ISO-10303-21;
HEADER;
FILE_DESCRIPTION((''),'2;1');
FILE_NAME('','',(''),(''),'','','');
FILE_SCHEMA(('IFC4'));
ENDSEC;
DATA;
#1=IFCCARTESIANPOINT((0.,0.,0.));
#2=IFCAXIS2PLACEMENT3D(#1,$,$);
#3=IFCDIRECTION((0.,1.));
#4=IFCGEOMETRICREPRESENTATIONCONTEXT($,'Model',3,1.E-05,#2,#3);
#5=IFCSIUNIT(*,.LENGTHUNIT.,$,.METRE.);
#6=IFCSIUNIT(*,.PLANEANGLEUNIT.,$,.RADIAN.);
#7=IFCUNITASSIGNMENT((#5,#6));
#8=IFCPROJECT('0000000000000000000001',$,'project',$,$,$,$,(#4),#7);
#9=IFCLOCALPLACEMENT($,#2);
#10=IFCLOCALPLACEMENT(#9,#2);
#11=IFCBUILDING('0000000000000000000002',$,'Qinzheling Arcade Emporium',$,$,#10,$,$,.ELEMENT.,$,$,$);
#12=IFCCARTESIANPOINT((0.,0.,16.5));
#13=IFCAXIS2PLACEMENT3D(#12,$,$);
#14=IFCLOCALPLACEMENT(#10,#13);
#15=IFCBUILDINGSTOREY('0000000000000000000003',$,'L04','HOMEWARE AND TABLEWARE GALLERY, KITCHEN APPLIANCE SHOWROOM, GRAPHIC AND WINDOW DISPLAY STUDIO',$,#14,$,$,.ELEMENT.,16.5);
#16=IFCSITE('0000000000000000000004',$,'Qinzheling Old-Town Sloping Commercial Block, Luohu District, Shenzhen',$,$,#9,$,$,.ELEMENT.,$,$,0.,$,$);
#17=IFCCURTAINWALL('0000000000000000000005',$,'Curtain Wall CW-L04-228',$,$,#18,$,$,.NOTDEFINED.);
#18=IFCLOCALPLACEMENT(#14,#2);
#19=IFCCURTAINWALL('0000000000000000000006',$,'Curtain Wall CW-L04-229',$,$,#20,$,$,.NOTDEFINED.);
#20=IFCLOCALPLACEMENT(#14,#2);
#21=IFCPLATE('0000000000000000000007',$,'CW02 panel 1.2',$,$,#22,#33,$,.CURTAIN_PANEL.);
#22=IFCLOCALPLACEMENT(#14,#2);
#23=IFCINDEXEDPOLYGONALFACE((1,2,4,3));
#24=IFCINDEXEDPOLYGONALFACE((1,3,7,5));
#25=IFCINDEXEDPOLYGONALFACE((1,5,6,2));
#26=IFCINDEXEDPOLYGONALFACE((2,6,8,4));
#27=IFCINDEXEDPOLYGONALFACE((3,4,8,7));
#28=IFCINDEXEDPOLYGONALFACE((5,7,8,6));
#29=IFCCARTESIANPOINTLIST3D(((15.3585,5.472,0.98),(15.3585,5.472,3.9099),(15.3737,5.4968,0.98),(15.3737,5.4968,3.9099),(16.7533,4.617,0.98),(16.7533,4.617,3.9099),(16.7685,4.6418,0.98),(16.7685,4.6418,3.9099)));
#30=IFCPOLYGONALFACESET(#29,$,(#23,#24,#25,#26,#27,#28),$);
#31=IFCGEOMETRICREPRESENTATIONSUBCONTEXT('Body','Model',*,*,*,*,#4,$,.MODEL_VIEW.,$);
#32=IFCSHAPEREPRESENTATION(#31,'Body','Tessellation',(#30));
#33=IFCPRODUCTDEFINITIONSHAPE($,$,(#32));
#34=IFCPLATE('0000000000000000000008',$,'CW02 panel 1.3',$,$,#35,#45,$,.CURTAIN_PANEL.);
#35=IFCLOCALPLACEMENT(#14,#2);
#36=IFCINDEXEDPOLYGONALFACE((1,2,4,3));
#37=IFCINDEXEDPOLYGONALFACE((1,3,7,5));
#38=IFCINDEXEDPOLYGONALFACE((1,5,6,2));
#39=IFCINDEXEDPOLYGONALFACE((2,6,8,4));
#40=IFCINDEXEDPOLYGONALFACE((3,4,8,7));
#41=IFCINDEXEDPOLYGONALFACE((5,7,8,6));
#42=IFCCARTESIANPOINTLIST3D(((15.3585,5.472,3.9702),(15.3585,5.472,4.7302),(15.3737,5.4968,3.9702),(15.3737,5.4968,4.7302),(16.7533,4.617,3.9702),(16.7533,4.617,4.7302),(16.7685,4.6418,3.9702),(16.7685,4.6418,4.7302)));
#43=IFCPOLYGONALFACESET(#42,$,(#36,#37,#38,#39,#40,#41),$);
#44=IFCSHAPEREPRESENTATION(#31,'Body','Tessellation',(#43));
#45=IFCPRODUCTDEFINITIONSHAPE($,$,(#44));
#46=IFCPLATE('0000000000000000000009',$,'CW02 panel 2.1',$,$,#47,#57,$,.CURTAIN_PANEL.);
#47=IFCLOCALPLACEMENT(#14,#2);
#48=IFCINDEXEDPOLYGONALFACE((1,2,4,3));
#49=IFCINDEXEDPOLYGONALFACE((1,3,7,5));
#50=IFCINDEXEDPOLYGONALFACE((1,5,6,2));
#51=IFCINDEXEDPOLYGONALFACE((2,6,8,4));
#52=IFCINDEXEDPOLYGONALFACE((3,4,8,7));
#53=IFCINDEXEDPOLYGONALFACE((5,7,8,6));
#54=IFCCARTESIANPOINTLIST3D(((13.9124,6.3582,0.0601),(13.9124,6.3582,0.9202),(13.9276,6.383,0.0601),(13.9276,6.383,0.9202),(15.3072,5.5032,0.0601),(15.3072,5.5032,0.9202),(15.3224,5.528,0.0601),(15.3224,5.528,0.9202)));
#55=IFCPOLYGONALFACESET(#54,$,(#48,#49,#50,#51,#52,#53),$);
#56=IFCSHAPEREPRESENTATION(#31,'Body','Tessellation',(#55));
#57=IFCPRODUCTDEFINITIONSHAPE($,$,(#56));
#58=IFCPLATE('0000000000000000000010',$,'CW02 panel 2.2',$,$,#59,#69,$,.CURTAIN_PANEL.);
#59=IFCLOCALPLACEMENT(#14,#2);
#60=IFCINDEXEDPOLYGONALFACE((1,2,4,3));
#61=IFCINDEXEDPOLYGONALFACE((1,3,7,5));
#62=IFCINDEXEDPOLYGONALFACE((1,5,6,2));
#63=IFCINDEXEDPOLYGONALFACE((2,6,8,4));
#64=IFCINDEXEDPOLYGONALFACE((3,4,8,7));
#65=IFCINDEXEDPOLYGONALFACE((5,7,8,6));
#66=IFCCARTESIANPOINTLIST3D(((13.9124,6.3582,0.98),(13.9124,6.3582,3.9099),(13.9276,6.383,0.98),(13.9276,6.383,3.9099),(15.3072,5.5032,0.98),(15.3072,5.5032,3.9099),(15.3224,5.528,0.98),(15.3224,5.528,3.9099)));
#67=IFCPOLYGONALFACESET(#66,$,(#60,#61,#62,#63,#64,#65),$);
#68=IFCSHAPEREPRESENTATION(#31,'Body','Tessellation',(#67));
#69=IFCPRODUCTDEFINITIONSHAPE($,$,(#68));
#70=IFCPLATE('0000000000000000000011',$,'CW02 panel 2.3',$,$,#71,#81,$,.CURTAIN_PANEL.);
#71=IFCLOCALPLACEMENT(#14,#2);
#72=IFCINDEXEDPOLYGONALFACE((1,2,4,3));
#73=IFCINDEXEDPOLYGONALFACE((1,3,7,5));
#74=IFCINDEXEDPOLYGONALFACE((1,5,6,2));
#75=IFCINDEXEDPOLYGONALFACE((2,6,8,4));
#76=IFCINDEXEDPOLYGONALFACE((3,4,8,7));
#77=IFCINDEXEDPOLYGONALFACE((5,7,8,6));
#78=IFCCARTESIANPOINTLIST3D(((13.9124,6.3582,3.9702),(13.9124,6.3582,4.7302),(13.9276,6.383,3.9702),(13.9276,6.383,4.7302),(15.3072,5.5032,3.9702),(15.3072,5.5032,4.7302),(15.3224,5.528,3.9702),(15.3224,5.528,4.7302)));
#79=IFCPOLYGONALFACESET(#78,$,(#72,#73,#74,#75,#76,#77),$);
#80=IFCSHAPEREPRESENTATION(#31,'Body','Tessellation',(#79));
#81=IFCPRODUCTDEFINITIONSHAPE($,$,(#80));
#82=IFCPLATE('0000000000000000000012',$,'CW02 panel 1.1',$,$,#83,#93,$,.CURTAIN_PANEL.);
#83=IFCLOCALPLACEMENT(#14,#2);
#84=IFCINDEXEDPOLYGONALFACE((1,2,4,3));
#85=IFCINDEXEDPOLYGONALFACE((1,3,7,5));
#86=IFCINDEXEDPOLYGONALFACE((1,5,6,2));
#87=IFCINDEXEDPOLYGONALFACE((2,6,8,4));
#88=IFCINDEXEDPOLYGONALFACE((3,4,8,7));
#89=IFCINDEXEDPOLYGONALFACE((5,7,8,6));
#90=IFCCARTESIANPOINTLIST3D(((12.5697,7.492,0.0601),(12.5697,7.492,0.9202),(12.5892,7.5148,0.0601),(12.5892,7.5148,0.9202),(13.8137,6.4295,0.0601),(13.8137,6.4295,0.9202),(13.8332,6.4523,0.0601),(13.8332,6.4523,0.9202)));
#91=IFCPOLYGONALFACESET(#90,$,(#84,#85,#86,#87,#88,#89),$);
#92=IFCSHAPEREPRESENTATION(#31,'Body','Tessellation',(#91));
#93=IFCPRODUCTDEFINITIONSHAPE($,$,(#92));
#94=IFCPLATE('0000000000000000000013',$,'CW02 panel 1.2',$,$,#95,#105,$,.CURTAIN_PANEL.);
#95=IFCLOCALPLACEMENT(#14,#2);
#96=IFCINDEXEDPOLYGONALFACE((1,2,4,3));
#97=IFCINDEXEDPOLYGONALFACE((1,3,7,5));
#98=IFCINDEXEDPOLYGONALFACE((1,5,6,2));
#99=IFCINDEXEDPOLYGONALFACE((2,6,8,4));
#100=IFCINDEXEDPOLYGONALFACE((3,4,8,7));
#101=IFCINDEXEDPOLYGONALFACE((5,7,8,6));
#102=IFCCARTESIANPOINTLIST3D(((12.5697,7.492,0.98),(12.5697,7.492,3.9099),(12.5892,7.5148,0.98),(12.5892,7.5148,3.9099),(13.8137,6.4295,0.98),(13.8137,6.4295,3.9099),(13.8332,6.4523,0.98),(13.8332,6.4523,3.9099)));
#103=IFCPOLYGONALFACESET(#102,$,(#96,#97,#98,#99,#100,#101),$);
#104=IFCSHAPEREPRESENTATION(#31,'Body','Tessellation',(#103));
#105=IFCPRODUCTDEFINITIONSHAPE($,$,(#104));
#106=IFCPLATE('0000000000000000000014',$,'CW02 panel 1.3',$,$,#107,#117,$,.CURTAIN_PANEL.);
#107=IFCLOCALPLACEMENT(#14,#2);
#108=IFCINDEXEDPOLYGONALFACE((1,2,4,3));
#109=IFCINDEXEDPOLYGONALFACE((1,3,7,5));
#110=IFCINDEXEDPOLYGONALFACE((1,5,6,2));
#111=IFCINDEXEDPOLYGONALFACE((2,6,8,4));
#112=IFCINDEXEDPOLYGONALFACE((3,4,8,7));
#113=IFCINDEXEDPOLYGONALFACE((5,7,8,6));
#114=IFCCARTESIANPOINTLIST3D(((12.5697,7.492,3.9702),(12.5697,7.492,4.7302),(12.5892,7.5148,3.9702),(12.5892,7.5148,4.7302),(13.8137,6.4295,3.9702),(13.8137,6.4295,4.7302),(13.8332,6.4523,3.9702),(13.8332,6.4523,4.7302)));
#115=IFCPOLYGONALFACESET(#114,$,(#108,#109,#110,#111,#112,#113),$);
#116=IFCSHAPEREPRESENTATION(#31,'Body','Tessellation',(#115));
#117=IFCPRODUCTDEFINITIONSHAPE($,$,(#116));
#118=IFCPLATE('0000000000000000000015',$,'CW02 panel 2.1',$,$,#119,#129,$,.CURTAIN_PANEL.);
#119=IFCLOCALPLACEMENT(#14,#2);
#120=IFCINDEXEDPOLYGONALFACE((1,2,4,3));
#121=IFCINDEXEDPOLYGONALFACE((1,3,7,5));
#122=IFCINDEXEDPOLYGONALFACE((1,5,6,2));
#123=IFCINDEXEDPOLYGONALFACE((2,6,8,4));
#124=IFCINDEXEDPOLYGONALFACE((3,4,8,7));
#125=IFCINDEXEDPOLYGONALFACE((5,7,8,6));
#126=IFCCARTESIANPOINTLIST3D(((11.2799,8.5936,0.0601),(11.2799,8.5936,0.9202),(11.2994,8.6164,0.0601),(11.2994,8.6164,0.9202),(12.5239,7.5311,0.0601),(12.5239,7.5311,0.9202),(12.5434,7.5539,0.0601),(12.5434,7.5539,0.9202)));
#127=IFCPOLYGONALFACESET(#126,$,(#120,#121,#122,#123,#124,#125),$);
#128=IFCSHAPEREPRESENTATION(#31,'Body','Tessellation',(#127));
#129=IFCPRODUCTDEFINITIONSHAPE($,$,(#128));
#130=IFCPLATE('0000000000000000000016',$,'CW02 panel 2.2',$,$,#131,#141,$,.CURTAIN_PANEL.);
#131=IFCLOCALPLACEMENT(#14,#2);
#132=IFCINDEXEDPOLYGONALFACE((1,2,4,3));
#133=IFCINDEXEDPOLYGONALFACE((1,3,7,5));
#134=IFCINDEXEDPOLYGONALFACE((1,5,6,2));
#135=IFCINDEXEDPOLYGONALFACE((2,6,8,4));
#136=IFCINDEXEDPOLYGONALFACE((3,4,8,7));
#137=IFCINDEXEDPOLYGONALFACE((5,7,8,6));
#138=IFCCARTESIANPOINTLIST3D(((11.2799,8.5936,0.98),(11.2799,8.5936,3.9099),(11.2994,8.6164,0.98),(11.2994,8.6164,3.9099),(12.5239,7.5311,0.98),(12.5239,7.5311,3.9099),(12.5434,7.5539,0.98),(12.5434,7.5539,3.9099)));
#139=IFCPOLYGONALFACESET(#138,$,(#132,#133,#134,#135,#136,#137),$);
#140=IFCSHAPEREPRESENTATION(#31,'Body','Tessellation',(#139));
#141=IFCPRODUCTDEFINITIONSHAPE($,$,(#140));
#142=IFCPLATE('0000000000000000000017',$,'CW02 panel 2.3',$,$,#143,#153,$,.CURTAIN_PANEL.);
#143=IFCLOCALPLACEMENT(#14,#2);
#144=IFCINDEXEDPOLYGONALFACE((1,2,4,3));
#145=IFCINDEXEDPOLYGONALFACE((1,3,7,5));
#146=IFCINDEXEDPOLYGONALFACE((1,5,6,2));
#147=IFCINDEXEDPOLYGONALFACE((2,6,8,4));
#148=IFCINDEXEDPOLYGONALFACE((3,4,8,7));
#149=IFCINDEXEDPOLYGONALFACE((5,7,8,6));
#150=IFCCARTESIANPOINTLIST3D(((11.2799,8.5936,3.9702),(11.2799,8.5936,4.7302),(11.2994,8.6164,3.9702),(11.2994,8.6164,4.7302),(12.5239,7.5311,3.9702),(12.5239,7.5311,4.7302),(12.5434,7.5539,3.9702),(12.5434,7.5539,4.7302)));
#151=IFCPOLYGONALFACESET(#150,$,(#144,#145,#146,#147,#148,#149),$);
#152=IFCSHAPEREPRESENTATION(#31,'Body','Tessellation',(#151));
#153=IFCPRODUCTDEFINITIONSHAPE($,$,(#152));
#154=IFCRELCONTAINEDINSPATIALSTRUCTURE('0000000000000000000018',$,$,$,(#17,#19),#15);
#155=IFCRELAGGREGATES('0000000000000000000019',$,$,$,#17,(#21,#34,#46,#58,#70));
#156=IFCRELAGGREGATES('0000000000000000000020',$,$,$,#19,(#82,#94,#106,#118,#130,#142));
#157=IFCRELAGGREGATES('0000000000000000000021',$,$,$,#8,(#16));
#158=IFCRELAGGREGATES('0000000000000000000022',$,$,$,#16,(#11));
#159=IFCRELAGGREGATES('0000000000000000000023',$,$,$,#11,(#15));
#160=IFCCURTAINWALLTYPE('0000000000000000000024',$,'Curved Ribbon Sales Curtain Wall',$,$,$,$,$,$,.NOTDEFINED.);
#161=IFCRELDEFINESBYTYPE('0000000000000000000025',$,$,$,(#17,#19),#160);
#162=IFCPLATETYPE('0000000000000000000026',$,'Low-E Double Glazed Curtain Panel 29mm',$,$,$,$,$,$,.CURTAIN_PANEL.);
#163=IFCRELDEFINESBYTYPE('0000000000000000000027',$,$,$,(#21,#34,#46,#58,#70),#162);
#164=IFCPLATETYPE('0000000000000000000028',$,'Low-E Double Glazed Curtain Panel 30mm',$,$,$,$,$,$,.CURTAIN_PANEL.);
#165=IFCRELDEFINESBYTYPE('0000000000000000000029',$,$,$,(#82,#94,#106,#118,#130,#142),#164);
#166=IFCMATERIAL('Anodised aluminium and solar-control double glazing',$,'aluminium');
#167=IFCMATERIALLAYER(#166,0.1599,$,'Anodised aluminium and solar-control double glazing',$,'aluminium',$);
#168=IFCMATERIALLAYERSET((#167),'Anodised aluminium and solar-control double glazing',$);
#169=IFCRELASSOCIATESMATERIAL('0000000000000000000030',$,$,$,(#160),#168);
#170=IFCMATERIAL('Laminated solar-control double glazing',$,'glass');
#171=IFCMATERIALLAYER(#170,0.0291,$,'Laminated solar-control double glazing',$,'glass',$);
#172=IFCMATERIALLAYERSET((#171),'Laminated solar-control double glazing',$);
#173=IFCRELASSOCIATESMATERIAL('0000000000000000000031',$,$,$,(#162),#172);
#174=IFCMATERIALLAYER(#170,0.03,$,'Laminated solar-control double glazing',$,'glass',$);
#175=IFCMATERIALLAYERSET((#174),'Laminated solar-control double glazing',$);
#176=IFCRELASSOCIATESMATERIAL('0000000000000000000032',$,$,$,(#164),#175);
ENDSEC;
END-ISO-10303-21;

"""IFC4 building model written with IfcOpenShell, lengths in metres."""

from ifc_helpers import new_model, si_unit, direction, frame, origin, origin_2d, place, context, subcontext, project, spatial, rectangle, extrude, material, layer, layer_set, type_object, element, aggregate, save


model = new_model("IFC4")

# Units and contexts
model_context = context("Model", 3, precision=1e-05, world=origin(), true_north=direction((0.0, 1.0)))
body_context = subcontext(model_context, "Body", "Model", "MODEL_VIEW")
ifc_project = project(units=[si_unit("LENGTHUNIT", "METRE"), si_unit("PLANEANGLEUNIT", "RADIAN")], contexts=[model_context])

# Site, building, storey
site_placement = place(None, origin())
site = spatial("IfcSite", under=ifc_project, at=site_placement, Name="Qinzheling Old-Town Sloping Commercial Block, Luohu District, Shenzhen", CompositionType="ELEMENT", RefElevation=0.0)
building_placement = place(site_placement, origin())
building = spatial("IfcBuilding", under=site, at=building_placement, Name="Qinzheling Arcade Emporium", CompositionType="ELEMENT")
storey_placement = place(building_placement, frame((0.0, 0.0, 16.5)))
storey = spatial("IfcBuildingStorey", under=building, at=storey_placement, Name="L04", Description="HOMEWARE AND TABLEWARE GALLERY, KITCHEN APPLIANCE SHOWROOM, GRAPHIC AND WINDOW DISPLAY STUDIO", CompositionType="ELEMENT", Elevation=16.5)

# Shared definitions
ifc_material_1 = material(Name="Anodised aluminium and solar-control double glazing", Category="aluminium")
ifc_layer_1 = layer(ifc_material_1, 0.1599, Name="Anodised aluminium and solar-control double glazing", Category="aluminium")
ifc_layer_set_1 = layer_set([ifc_layer_1], Name="Anodised aluminium and solar-control double glazing")
curtain_wall_type = type_object("IfcCurtainWallType", Name="Curved Ribbon Sales Curtain Wall", PredefinedType="NOTDEFINED", material=ifc_layer_set_1)

# Curtain walls
curtain_wall_1_placement = place(storey_placement, origin())
curtain_wall_1 = element("IfcCurtainWall", 1, at=curtain_wall_1_placement, inside=storey, type_object=curtain_wall_type, Name="Curtain Wall CW-L04-228", PredefinedType="NOTDEFINED")
curtain_wall_2_placement = place(storey_placement, origin())
curtain_wall_2 = element("IfcCurtainWall", 2, at=curtain_wall_2_placement, inside=storey, type_object=curtain_wall_type, Name="Curtain Wall CW-L04-229", PredefinedType="NOTDEFINED")

# Plates
ifc_material_2 = material(Name="Laminated solar-control double glazing", Category="glass")
ifc_layer_2 = layer(ifc_material_2, 0.0291, Name="Laminated solar-control double glazing", Category="glass")
ifc_layer_set_2 = layer_set([ifc_layer_2], Name="Laminated solar-control double glazing")
plate_type_1 = type_object("IfcPlateType", Name="Low-E Double Glazed Curtain Panel 29mm", PredefinedType="CURTAIN_PANEL", material=ifc_layer_set_2)
plate_1_placement = place(storey_placement, frame((16.0635, 5.0569, 0.98), z_axis=(0.0, 0.0, 1.0), x_axis=(-0.852572, 0.52261, 0.0)))
plate_1 = element("IfcPlate", 3, at=plate_1_placement, type_object=plate_type_1, Name="CW02 panel 1.2", PredefinedType="CURTAIN_PANEL", context=body_context, shape_type="SweptSolid", body=[
    extrude(rectangle(XDim=1.636, YDim=0.0291, at=origin_2d()), origin(), (0.0, 0.0, 1.0), 2.9299),
])
plate_2_placement = place(storey_placement, frame((16.0635, 5.0569, 3.9702), z_axis=(0.0, 0.0, 1.0), x_axis=(-0.852572, 0.52261, 0.0)))
plate_2 = element("IfcPlate", 4, at=plate_2_placement, type_object=plate_type_1, Name="CW02 panel 1.3", PredefinedType="CURTAIN_PANEL", context=body_context, shape_type="SweptSolid", body=[
    extrude(rectangle(XDim=1.636, YDim=0.0291, at=origin_2d()), origin(), (0.0, 0.0, 1.0), 0.76),
])
plate_3_placement = place(storey_placement, frame((14.6174, 5.9431, 0.0601), z_axis=(0.0, 0.0, 1.0), x_axis=(-0.852572, 0.52261, 0.0)))
plate_3 = element("IfcPlate", 5, at=plate_3_placement, type_object=plate_type_1, Name="CW02 panel 2.1", PredefinedType="CURTAIN_PANEL", context=body_context, shape_type="SweptSolid", body=[
    extrude(rectangle(XDim=1.636, YDim=0.0291, at=origin_2d()), origin(), (0.0, 0.0, 1.0), 0.8601),
])
plate_4_placement = place(storey_placement, frame((14.6174, 5.9431, 0.98), z_axis=(0.0, 0.0, 1.0), x_axis=(-0.852572, 0.52261, 0.0)))
plate_4 = element("IfcPlate", 6, at=plate_4_placement, type_object=plate_type_1, Name="CW02 panel 2.2", PredefinedType="CURTAIN_PANEL", context=body_context, shape_type="SweptSolid", body=[
    extrude(rectangle(XDim=1.636, YDim=0.0291, at=origin_2d()), origin(), (0.0, 0.0, 1.0), 2.9299),
])
plate_5_placement = place(storey_placement, frame((14.6174, 5.9431, 3.9702), z_axis=(0.0, 0.0, 1.0), x_axis=(-0.852572, 0.52261, 0.0)))
plate_5 = element("IfcPlate", 7, at=plate_5_placement, type_object=plate_type_1, Name="CW02 panel 2.3", PredefinedType="CURTAIN_PANEL", context=body_context, shape_type="SweptSolid", body=[
    extrude(rectangle(XDim=1.636, YDim=0.0291, at=origin_2d()), origin(), (0.0, 0.0, 1.0), 0.76),
])
aggregate(curtain_wall_1, [plate_1, plate_2, plate_3, plate_4, plate_5])
ifc_layer_3 = layer(ifc_material_2, 0.03, Name="Laminated solar-control double glazing", Category="glass")
ifc_layer_set_3 = layer_set([ifc_layer_3], Name="Laminated solar-control double glazing")
plate_type_2 = type_object("IfcPlateType", Name="Low-E Double Glazed Curtain Panel 30mm", PredefinedType="CURTAIN_PANEL", material=ifc_layer_set_3)
plate_6_placement = place(storey_placement, frame((13.2014, 6.9722, 0.0601), z_axis=(0.0, 0.0, 1.0), x_axis=(-0.760401, 0.649454, 0.0)))
plate_6 = element("IfcPlate", 8, at=plate_6_placement, type_object=plate_type_2, Name="CW02 panel 1.1", PredefinedType="CURTAIN_PANEL", context=body_context, shape_type="SweptSolid", body=[
    extrude(rectangle(XDim=1.636, YDim=0.03, at=origin_2d()), origin(), (0.0, 0.0, 1.0), 0.8601),
])
plate_7_placement = place(storey_placement, frame((13.2014, 6.9722, 0.98), z_axis=(0.0, 0.0, 1.0), x_axis=(-0.760401, 0.649454, 0.0)))
plate_7 = element("IfcPlate", 9, at=plate_7_placement, type_object=plate_type_2, Name="CW02 panel 1.2", PredefinedType="CURTAIN_PANEL", context=body_context, shape_type="SweptSolid", body=[
    extrude(rectangle(XDim=1.636, YDim=0.03, at=origin_2d()), origin(), (0.0, 0.0, 1.0), 2.9299),
])
plate_8_placement = place(storey_placement, frame((13.2014, 6.9722, 3.9702), z_axis=(0.0, 0.0, 1.0), x_axis=(-0.760401, 0.649454, 0.0)))
plate_8 = element("IfcPlate", 10, at=plate_8_placement, type_object=plate_type_2, Name="CW02 panel 1.3", PredefinedType="CURTAIN_PANEL", context=body_context, shape_type="SweptSolid", body=[
    extrude(rectangle(XDim=1.636, YDim=0.03, at=origin_2d()), origin(), (0.0, 0.0, 1.0), 0.76),
])
plate_9_placement = place(storey_placement, frame((11.9116, 8.0737, 0.0601), z_axis=(0.0, 0.0, 1.0), x_axis=(-0.760401, 0.649454, 0.0)))
plate_9 = element("IfcPlate", 11, at=plate_9_placement, type_object=plate_type_2, Name="CW02 panel 2.1", PredefinedType="CURTAIN_PANEL", context=body_context, shape_type="SweptSolid", body=[
    extrude(rectangle(XDim=1.636, YDim=0.03, at=origin_2d()), origin(), (0.0, 0.0, 1.0), 0.8601),
])
plate_10_placement = place(storey_placement, frame((11.9116, 8.0737, 0.98), z_axis=(0.0, 0.0, 1.0), x_axis=(-0.760401, 0.649454, 0.0)))
plate_10 = element("IfcPlate", 12, at=plate_10_placement, type_object=plate_type_2, Name="CW02 panel 2.2", PredefinedType="CURTAIN_PANEL", context=body_context, shape_type="SweptSolid", body=[
    extrude(rectangle(XDim=1.636, YDim=0.03, at=origin_2d()), origin(), (0.0, 0.0, 1.0), 2.9299),
])
plate_11_placement = place(storey_placement, frame((11.9116, 8.0737, 3.9702), z_axis=(0.0, 0.0, 1.0), x_axis=(-0.760401, 0.649454, 0.0)))
plate_11 = element("IfcPlate", 13, at=plate_11_placement, type_object=plate_type_2, Name="CW02 panel 2.3", PredefinedType="CURTAIN_PANEL", context=body_context, shape_type="SweptSolid", body=[
    extrude(rectangle(XDim=1.636, YDim=0.03, at=origin_2d()), origin(), (0.0, 0.0, 1.0), 0.76),
])
aggregate(curtain_wall_2, [plate_6, plate_7, plate_8, plate_9, plate_10, plate_11])

save(model, "model.ifc")
